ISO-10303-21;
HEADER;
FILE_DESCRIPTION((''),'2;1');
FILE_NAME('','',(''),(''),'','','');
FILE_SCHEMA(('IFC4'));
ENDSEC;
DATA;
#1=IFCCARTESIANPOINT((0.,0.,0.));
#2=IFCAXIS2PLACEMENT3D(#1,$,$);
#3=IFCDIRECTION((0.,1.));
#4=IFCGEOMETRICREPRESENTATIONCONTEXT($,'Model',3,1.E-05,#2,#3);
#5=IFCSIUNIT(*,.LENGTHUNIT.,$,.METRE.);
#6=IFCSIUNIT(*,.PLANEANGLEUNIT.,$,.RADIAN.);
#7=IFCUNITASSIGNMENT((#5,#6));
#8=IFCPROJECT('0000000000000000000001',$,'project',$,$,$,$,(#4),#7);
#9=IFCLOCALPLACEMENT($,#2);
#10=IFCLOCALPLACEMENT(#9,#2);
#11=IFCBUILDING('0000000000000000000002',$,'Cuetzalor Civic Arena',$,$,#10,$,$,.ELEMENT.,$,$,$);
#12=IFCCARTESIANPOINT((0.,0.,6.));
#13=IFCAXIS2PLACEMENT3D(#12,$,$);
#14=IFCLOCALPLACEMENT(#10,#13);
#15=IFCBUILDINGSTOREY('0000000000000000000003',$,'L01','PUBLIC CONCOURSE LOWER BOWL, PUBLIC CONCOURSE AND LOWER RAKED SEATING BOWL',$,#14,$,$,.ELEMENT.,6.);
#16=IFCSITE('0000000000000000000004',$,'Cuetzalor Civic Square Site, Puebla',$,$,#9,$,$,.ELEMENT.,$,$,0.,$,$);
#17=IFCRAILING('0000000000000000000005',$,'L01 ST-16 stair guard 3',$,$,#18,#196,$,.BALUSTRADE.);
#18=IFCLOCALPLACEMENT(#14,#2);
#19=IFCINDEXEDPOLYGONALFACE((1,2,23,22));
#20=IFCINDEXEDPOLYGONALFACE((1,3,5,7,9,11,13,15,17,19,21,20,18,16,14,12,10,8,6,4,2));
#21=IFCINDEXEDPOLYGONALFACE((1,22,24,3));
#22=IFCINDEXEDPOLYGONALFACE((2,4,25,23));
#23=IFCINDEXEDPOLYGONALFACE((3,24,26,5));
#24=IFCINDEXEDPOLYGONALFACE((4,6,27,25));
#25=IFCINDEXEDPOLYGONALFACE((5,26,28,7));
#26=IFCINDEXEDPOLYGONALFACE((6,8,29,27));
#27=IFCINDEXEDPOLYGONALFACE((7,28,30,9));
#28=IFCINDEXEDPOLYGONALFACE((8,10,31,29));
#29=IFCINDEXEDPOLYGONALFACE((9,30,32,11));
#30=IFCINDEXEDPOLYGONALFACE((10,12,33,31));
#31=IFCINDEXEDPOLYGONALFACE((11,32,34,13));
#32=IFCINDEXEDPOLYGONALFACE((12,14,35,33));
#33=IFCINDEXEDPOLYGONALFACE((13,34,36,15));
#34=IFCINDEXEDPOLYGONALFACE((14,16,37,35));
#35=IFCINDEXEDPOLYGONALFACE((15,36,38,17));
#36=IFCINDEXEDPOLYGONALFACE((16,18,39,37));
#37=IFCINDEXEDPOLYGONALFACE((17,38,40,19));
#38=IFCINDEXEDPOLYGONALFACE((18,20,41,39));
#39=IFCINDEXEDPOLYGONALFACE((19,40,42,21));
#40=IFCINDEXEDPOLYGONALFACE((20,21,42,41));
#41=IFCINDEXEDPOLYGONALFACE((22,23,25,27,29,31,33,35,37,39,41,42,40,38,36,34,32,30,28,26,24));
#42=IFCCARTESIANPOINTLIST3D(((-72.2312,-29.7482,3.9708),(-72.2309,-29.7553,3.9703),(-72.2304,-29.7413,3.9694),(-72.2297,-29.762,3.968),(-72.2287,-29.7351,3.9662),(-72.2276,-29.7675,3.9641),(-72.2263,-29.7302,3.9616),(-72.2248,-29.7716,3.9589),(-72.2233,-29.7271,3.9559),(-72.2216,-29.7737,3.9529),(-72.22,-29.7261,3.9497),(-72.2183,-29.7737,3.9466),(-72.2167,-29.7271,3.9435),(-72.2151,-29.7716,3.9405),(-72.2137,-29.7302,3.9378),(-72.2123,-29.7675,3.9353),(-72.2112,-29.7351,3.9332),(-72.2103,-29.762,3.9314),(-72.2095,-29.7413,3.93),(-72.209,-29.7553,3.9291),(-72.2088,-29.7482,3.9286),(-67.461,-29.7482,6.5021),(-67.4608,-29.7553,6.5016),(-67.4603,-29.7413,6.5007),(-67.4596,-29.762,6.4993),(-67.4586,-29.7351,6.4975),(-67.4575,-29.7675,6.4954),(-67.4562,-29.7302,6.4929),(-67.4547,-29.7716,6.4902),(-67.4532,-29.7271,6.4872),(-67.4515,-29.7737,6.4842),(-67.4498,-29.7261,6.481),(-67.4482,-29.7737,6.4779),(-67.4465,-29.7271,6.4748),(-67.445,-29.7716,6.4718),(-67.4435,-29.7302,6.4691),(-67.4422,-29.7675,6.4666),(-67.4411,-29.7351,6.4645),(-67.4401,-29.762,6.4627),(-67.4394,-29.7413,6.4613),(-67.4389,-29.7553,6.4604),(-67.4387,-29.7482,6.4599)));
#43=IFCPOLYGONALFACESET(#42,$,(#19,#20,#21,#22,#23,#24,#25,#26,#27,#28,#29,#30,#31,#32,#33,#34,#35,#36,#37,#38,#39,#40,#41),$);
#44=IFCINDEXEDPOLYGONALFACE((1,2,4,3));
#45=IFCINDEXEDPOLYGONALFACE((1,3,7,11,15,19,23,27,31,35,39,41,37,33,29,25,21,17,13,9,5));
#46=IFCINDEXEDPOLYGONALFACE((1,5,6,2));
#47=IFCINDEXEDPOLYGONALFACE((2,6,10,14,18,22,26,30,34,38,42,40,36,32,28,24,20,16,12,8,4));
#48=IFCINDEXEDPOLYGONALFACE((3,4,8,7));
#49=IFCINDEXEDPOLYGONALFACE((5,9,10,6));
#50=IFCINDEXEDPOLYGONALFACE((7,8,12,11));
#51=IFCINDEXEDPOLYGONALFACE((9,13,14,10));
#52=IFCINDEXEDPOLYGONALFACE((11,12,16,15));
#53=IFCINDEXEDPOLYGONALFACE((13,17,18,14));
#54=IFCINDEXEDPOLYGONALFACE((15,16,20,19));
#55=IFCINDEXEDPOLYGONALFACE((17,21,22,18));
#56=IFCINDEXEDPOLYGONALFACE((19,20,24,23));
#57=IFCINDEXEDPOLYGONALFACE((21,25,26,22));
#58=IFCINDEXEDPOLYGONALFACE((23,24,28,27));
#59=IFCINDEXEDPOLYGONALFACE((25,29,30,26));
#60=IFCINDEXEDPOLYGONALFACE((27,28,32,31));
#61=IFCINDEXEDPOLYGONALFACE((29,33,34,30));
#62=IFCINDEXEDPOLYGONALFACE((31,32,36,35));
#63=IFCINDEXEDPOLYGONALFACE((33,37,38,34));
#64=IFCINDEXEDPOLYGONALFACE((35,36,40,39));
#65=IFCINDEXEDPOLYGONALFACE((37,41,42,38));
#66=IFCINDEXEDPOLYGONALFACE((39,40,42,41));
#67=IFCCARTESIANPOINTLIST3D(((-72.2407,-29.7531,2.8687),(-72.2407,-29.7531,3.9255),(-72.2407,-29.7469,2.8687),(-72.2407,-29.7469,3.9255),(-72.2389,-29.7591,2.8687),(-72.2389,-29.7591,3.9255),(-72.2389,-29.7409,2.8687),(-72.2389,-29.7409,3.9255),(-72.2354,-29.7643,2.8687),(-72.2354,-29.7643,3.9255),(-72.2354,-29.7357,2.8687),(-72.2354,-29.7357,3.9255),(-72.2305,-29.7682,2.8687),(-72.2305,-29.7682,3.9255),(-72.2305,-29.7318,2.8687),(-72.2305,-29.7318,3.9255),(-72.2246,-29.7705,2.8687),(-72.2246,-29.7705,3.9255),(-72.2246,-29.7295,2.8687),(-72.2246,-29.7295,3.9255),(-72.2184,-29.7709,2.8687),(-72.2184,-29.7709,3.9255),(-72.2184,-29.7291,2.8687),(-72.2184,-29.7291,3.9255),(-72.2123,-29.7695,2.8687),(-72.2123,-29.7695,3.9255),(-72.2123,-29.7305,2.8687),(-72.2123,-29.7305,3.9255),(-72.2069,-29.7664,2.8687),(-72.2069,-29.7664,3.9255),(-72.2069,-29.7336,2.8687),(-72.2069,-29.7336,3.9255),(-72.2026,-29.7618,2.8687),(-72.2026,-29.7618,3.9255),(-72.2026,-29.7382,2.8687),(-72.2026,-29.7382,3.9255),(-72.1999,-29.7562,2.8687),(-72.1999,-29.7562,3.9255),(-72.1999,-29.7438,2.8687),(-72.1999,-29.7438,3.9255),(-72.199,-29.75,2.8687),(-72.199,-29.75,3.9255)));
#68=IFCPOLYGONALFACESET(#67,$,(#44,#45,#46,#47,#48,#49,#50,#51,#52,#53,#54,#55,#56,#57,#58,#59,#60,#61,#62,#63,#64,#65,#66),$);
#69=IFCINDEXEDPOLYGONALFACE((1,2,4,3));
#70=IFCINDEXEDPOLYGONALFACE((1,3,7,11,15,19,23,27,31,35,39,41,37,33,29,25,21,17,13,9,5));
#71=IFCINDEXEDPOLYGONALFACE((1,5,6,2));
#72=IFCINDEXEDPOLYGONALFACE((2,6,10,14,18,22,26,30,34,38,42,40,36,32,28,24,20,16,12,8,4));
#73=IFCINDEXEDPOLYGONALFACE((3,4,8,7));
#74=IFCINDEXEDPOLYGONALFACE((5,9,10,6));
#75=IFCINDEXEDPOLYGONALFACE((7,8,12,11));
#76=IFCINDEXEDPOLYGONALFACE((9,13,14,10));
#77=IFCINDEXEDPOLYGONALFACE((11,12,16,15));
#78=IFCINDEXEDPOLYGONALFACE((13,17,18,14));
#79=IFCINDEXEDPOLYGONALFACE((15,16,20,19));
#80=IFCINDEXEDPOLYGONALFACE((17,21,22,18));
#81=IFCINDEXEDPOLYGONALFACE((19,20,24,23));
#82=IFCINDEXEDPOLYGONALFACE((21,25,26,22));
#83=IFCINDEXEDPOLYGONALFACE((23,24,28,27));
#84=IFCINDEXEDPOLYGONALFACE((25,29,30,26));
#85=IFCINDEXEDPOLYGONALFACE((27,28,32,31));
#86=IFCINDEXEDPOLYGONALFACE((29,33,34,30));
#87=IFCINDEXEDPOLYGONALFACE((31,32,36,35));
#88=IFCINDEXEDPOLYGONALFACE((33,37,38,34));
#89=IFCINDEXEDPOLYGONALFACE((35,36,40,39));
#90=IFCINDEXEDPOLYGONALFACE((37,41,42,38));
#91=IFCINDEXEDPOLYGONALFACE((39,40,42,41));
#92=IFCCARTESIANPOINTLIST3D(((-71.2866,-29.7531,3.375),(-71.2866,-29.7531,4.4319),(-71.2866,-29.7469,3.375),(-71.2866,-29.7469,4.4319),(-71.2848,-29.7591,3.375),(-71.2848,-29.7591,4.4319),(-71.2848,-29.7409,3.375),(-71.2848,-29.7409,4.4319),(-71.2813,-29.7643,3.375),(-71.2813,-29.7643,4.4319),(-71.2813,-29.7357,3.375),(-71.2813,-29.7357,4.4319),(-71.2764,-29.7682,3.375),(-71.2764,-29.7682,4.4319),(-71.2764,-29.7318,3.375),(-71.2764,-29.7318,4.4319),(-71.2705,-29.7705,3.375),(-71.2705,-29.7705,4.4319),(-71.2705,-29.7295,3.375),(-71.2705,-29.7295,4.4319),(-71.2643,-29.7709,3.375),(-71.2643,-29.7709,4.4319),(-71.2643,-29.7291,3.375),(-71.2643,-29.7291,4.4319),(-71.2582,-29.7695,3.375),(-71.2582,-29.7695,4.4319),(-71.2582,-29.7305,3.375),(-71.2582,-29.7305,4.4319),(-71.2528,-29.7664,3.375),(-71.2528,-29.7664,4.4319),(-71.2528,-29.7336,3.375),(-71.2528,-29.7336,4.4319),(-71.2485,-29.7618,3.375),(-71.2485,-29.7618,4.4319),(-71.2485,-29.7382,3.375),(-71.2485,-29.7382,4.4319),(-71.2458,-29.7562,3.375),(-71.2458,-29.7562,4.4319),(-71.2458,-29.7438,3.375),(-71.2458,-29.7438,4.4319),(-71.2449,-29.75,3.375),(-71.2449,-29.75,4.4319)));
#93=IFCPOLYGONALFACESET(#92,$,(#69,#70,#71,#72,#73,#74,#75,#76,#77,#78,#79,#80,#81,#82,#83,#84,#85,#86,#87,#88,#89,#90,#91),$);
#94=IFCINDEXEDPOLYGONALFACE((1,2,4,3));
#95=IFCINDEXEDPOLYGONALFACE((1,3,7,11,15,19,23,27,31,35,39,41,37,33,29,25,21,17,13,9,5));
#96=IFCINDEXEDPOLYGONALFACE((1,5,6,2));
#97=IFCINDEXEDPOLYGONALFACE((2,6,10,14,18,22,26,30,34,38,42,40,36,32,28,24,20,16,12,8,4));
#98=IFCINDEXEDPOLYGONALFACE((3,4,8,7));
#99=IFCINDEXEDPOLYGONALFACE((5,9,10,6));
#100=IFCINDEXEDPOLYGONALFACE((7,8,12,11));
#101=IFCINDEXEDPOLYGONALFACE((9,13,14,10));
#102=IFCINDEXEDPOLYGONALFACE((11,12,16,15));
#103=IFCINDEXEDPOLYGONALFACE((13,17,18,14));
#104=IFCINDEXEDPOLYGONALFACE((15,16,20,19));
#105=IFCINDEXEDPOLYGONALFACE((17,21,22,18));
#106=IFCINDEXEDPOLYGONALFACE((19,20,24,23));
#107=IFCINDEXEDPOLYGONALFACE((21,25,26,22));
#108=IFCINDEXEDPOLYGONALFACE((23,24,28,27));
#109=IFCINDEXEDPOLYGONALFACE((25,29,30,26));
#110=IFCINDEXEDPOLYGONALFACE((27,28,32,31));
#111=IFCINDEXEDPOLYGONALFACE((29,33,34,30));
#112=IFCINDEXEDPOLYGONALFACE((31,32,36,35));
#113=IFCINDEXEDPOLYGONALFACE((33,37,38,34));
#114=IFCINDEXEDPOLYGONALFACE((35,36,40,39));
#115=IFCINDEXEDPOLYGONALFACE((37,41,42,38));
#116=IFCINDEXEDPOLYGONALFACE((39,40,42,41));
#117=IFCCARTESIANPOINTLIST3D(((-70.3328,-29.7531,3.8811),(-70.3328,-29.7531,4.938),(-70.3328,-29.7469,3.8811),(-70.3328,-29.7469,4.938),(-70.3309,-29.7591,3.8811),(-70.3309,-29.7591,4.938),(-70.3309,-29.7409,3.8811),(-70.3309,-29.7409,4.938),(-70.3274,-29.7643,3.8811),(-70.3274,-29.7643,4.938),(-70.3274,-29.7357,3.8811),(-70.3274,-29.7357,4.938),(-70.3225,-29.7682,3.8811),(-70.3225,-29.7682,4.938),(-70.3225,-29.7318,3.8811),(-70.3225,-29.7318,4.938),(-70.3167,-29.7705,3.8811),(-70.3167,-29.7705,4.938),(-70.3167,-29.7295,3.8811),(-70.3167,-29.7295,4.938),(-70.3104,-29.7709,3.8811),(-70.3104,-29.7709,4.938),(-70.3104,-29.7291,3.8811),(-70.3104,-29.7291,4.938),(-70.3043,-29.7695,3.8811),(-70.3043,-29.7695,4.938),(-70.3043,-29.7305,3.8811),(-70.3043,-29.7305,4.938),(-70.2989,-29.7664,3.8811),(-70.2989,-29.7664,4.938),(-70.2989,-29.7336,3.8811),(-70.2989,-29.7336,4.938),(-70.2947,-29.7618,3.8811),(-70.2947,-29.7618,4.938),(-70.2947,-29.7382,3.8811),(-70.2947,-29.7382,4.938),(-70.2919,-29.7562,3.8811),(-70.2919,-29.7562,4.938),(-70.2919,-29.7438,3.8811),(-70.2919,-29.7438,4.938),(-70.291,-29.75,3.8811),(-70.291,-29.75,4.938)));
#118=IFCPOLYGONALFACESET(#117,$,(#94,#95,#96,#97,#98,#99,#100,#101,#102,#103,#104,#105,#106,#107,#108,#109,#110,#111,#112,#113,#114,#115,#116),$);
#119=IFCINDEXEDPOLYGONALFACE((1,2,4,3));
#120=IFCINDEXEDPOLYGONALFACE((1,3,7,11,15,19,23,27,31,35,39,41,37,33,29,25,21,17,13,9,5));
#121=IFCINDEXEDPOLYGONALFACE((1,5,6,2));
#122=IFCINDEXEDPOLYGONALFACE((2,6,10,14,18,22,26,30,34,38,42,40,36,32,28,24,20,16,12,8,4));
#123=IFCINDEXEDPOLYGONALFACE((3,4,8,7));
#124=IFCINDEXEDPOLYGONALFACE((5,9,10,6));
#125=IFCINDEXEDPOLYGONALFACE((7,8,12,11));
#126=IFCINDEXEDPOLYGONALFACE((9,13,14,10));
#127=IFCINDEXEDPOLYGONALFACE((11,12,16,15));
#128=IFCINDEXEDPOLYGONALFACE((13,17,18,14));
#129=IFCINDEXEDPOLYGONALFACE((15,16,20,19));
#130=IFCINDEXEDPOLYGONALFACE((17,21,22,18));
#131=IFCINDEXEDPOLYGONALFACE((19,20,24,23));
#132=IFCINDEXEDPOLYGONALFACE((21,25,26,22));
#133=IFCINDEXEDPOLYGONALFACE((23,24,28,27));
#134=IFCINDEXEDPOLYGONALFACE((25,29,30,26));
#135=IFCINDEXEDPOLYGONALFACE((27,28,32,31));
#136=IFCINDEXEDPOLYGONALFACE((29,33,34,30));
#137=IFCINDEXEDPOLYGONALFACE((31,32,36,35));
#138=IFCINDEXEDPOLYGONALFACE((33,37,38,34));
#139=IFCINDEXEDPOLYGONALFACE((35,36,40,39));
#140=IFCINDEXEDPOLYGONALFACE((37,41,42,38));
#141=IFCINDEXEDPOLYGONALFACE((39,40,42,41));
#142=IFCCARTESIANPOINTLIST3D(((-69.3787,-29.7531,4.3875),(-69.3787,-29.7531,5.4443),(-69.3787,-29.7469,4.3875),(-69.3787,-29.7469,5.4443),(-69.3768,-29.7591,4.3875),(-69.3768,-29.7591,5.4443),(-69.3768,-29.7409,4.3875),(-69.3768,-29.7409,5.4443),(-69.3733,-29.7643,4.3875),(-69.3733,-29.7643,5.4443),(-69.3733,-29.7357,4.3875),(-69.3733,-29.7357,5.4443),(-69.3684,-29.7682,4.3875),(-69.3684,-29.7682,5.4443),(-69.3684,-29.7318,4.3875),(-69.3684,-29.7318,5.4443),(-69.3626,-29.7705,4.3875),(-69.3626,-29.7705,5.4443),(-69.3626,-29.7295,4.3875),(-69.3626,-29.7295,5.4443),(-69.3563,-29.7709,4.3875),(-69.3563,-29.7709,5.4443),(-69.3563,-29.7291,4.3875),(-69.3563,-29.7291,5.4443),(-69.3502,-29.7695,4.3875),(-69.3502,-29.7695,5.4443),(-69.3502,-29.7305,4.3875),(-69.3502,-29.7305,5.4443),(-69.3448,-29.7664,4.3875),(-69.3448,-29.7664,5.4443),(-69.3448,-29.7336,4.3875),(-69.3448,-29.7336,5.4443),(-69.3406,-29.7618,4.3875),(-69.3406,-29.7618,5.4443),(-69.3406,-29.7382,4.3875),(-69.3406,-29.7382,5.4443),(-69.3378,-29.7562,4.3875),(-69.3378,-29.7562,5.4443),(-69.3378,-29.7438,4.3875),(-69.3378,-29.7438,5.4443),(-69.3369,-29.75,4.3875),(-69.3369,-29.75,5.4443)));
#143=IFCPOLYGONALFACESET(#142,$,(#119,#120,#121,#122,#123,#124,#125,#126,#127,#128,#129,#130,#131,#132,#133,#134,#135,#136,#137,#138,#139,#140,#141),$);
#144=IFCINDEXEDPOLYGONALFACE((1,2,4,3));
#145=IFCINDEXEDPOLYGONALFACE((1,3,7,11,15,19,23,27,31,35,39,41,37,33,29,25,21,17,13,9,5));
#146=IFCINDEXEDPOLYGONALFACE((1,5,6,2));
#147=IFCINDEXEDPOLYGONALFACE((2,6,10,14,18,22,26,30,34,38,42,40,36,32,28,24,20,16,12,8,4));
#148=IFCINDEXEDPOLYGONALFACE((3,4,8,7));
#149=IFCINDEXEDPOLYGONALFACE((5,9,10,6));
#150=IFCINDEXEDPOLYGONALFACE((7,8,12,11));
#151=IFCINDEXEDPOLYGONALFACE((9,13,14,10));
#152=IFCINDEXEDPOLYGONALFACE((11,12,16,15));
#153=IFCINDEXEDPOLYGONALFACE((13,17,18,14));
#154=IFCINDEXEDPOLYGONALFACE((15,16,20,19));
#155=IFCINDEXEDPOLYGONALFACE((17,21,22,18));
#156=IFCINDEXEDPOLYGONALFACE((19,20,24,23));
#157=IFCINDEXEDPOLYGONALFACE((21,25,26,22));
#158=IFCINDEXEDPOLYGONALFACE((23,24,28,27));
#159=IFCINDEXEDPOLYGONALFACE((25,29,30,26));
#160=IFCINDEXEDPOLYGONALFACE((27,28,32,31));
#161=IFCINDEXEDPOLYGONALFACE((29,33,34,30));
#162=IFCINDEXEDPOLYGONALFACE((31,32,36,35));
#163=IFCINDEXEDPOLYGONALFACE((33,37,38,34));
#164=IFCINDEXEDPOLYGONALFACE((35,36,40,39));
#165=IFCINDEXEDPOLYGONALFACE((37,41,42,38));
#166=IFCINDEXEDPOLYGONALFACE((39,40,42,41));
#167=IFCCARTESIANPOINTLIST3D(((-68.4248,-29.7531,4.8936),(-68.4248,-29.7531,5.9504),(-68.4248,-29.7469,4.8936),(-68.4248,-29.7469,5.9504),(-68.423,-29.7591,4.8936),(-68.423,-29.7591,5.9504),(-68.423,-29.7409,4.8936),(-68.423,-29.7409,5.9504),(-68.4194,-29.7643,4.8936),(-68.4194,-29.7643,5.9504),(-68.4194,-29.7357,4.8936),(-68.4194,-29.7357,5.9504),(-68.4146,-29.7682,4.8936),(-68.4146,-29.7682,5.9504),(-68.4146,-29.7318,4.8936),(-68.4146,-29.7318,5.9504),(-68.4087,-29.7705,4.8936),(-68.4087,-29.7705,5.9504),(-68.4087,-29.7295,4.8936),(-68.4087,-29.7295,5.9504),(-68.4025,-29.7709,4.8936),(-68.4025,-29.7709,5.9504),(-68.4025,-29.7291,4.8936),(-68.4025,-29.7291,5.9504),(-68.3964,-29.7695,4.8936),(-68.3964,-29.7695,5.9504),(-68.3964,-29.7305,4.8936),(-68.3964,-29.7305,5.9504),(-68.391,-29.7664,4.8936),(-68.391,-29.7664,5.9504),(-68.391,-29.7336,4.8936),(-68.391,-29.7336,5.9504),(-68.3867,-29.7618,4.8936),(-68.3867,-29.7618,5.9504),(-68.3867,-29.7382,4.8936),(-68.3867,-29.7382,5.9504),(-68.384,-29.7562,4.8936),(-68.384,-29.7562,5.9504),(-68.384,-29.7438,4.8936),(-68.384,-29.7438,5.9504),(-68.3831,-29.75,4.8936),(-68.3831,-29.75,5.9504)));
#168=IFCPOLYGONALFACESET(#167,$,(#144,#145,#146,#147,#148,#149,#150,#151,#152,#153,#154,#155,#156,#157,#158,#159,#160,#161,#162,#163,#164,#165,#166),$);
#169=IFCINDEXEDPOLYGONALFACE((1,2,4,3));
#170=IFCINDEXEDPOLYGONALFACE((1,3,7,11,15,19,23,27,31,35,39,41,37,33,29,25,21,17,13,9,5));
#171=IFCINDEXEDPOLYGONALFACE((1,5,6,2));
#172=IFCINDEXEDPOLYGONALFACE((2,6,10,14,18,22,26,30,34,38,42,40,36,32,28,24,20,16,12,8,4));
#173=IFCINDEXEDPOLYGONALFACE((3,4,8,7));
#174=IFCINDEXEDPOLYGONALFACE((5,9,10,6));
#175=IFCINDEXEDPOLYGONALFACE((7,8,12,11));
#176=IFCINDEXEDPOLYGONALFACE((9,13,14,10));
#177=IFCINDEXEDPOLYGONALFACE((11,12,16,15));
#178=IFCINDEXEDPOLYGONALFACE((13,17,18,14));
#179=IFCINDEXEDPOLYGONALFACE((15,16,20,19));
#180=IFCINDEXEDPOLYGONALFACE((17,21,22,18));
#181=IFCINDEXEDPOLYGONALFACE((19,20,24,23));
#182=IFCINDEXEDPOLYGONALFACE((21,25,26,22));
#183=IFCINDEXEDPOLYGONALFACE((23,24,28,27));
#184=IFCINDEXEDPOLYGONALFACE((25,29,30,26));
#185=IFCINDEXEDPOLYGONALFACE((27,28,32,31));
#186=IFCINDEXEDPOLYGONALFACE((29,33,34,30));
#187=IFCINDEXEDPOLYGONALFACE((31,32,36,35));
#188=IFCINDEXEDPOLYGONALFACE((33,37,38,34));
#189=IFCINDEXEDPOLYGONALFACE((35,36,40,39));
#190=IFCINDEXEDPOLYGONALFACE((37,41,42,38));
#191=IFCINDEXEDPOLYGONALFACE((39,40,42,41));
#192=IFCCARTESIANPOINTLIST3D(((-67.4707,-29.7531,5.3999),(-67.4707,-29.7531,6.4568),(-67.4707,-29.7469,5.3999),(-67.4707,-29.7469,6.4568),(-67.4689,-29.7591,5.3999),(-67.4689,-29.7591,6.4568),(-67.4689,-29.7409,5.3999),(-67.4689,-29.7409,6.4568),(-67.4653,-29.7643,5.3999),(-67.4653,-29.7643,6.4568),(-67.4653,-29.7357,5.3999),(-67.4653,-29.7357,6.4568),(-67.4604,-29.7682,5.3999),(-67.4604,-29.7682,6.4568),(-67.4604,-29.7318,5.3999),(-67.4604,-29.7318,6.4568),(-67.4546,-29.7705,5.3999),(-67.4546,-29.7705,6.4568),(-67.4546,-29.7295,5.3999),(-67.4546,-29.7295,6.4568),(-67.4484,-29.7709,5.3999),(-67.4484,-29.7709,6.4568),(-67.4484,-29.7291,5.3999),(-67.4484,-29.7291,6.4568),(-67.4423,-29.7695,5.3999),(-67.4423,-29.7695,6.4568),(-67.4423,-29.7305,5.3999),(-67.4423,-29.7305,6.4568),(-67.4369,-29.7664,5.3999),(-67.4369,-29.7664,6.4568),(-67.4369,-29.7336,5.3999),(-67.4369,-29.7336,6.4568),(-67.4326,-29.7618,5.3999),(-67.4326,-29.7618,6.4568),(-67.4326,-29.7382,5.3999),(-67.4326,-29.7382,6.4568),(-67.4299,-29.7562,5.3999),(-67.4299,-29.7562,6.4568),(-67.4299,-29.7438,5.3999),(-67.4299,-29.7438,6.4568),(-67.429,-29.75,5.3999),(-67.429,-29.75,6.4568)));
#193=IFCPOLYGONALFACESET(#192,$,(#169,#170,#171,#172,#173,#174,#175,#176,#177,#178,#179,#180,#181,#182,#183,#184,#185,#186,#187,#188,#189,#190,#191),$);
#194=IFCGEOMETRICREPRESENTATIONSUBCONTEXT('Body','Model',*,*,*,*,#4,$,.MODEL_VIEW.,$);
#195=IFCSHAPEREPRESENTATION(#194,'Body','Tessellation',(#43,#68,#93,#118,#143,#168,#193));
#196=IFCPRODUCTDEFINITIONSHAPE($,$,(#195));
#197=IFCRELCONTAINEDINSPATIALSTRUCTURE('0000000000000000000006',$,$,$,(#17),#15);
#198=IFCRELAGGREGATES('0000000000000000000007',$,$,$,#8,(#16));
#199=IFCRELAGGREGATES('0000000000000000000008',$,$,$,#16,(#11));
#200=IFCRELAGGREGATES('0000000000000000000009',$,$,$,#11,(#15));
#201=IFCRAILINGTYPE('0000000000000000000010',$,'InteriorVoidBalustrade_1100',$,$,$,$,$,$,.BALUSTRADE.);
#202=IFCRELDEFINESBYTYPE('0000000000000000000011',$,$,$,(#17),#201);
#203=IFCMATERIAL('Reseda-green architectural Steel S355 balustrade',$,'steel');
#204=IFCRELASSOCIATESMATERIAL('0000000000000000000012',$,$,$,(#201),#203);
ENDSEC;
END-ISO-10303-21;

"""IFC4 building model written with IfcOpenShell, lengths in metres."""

from ifc_helpers import new_model, si_unit, direction, frame, origin, origin_2d, place, context, subcontext, project, spatial, circle, extrude, material, type_object, element, save


model = new_model("IFC4")

# Units and contexts
model_context = context("Model", 3, precision=1e-05, world=origin(), true_north=direction((0.0, 1.0)))
body_context = subcontext(model_context, "Body", "Model", "MODEL_VIEW")
ifc_project = project(units=[si_unit("LENGTHUNIT", "METRE"), si_unit("PLANEANGLEUNIT", "RADIAN")], contexts=[model_context])

# Site, building, storey
site_placement = place(None, origin())
site = spatial("IfcSite", under=ifc_project, at=site_placement, Name="Cuetzalor Civic Square Site, Puebla", CompositionType="ELEMENT", RefElevation=0.0)
building_placement = place(site_placement, origin())
building = spatial("IfcBuilding", under=site, at=building_placement, Name="Cuetzalor Civic Arena", CompositionType="ELEMENT")
storey_placement = place(building_placement, frame((0.0, 0.0, 6.0)))
storey = spatial("IfcBuildingStorey", under=building, at=storey_placement, Name="L01", Description="PUBLIC CONCOURSE LOWER BOWL, PUBLIC CONCOURSE AND LOWER RAKED SEATING BOWL", CompositionType="ELEMENT", Elevation=6.0)

# Railing
ifc_material_1 = material(Name="Reseda-green architectural Steel S355 balustrade", Category="steel")
railing_type_1 = type_object("IfcRailingType", Name="InteriorVoidBalustrade_1100", PredefinedType="BALUSTRADE", material=ifc_material_1)
railing_1_placement = place(storey_placement, frame((-72.22, -29.75, 2.8687)))
element("IfcRailing", 1, at=railing_1_placement, inside=storey, type_object=railing_type_1, Name="L01 ST-16 stair guard 3", PredefinedType="BALUSTRADE", context=body_context, shape_type="SweptSolid", body=[
    extrude(circle(Radius=0.0239, at=origin_2d()), frame((0.0, 0.0, 1.0811), z_axis=(0.883332, 0.0, 0.468747), x_axis=(0.0, 1.0, 0.0)), (0.0, 0.0, 1.0), 5.4001),
    extrude(circle(Radius=0.021, at=origin_2d()), origin(), (0.0, 0.0, 1.0), 1.0569),
    extrude(circle(Radius=0.021, at=origin_2d()), frame((0.9541, 0.0, 0.5063)), (0.0, 0.0, 1.0), 1.0569),
    extrude(circle(Radius=0.021, at=origin_2d()), frame((1.908, 0.0, 1.0125)), (0.0, 0.0, 1.0), 1.0569),
    extrude(circle(Radius=0.021, at=origin_2d()), frame((2.8621, 0.0, 1.5188)), (0.0, 0.0, 1.0), 1.0569),
    extrude(circle(Radius=0.021, at=origin_2d()), frame((3.8159, 0.0, 2.0249)), (0.0, 0.0, 1.0), 1.0569),
    extrude(circle(Radius=0.021, at=origin_2d()), frame((4.77, 0.0, 2.5312)), (0.0, 0.0, 1.0), 1.0569),
])

save(model, "model.ifc")
